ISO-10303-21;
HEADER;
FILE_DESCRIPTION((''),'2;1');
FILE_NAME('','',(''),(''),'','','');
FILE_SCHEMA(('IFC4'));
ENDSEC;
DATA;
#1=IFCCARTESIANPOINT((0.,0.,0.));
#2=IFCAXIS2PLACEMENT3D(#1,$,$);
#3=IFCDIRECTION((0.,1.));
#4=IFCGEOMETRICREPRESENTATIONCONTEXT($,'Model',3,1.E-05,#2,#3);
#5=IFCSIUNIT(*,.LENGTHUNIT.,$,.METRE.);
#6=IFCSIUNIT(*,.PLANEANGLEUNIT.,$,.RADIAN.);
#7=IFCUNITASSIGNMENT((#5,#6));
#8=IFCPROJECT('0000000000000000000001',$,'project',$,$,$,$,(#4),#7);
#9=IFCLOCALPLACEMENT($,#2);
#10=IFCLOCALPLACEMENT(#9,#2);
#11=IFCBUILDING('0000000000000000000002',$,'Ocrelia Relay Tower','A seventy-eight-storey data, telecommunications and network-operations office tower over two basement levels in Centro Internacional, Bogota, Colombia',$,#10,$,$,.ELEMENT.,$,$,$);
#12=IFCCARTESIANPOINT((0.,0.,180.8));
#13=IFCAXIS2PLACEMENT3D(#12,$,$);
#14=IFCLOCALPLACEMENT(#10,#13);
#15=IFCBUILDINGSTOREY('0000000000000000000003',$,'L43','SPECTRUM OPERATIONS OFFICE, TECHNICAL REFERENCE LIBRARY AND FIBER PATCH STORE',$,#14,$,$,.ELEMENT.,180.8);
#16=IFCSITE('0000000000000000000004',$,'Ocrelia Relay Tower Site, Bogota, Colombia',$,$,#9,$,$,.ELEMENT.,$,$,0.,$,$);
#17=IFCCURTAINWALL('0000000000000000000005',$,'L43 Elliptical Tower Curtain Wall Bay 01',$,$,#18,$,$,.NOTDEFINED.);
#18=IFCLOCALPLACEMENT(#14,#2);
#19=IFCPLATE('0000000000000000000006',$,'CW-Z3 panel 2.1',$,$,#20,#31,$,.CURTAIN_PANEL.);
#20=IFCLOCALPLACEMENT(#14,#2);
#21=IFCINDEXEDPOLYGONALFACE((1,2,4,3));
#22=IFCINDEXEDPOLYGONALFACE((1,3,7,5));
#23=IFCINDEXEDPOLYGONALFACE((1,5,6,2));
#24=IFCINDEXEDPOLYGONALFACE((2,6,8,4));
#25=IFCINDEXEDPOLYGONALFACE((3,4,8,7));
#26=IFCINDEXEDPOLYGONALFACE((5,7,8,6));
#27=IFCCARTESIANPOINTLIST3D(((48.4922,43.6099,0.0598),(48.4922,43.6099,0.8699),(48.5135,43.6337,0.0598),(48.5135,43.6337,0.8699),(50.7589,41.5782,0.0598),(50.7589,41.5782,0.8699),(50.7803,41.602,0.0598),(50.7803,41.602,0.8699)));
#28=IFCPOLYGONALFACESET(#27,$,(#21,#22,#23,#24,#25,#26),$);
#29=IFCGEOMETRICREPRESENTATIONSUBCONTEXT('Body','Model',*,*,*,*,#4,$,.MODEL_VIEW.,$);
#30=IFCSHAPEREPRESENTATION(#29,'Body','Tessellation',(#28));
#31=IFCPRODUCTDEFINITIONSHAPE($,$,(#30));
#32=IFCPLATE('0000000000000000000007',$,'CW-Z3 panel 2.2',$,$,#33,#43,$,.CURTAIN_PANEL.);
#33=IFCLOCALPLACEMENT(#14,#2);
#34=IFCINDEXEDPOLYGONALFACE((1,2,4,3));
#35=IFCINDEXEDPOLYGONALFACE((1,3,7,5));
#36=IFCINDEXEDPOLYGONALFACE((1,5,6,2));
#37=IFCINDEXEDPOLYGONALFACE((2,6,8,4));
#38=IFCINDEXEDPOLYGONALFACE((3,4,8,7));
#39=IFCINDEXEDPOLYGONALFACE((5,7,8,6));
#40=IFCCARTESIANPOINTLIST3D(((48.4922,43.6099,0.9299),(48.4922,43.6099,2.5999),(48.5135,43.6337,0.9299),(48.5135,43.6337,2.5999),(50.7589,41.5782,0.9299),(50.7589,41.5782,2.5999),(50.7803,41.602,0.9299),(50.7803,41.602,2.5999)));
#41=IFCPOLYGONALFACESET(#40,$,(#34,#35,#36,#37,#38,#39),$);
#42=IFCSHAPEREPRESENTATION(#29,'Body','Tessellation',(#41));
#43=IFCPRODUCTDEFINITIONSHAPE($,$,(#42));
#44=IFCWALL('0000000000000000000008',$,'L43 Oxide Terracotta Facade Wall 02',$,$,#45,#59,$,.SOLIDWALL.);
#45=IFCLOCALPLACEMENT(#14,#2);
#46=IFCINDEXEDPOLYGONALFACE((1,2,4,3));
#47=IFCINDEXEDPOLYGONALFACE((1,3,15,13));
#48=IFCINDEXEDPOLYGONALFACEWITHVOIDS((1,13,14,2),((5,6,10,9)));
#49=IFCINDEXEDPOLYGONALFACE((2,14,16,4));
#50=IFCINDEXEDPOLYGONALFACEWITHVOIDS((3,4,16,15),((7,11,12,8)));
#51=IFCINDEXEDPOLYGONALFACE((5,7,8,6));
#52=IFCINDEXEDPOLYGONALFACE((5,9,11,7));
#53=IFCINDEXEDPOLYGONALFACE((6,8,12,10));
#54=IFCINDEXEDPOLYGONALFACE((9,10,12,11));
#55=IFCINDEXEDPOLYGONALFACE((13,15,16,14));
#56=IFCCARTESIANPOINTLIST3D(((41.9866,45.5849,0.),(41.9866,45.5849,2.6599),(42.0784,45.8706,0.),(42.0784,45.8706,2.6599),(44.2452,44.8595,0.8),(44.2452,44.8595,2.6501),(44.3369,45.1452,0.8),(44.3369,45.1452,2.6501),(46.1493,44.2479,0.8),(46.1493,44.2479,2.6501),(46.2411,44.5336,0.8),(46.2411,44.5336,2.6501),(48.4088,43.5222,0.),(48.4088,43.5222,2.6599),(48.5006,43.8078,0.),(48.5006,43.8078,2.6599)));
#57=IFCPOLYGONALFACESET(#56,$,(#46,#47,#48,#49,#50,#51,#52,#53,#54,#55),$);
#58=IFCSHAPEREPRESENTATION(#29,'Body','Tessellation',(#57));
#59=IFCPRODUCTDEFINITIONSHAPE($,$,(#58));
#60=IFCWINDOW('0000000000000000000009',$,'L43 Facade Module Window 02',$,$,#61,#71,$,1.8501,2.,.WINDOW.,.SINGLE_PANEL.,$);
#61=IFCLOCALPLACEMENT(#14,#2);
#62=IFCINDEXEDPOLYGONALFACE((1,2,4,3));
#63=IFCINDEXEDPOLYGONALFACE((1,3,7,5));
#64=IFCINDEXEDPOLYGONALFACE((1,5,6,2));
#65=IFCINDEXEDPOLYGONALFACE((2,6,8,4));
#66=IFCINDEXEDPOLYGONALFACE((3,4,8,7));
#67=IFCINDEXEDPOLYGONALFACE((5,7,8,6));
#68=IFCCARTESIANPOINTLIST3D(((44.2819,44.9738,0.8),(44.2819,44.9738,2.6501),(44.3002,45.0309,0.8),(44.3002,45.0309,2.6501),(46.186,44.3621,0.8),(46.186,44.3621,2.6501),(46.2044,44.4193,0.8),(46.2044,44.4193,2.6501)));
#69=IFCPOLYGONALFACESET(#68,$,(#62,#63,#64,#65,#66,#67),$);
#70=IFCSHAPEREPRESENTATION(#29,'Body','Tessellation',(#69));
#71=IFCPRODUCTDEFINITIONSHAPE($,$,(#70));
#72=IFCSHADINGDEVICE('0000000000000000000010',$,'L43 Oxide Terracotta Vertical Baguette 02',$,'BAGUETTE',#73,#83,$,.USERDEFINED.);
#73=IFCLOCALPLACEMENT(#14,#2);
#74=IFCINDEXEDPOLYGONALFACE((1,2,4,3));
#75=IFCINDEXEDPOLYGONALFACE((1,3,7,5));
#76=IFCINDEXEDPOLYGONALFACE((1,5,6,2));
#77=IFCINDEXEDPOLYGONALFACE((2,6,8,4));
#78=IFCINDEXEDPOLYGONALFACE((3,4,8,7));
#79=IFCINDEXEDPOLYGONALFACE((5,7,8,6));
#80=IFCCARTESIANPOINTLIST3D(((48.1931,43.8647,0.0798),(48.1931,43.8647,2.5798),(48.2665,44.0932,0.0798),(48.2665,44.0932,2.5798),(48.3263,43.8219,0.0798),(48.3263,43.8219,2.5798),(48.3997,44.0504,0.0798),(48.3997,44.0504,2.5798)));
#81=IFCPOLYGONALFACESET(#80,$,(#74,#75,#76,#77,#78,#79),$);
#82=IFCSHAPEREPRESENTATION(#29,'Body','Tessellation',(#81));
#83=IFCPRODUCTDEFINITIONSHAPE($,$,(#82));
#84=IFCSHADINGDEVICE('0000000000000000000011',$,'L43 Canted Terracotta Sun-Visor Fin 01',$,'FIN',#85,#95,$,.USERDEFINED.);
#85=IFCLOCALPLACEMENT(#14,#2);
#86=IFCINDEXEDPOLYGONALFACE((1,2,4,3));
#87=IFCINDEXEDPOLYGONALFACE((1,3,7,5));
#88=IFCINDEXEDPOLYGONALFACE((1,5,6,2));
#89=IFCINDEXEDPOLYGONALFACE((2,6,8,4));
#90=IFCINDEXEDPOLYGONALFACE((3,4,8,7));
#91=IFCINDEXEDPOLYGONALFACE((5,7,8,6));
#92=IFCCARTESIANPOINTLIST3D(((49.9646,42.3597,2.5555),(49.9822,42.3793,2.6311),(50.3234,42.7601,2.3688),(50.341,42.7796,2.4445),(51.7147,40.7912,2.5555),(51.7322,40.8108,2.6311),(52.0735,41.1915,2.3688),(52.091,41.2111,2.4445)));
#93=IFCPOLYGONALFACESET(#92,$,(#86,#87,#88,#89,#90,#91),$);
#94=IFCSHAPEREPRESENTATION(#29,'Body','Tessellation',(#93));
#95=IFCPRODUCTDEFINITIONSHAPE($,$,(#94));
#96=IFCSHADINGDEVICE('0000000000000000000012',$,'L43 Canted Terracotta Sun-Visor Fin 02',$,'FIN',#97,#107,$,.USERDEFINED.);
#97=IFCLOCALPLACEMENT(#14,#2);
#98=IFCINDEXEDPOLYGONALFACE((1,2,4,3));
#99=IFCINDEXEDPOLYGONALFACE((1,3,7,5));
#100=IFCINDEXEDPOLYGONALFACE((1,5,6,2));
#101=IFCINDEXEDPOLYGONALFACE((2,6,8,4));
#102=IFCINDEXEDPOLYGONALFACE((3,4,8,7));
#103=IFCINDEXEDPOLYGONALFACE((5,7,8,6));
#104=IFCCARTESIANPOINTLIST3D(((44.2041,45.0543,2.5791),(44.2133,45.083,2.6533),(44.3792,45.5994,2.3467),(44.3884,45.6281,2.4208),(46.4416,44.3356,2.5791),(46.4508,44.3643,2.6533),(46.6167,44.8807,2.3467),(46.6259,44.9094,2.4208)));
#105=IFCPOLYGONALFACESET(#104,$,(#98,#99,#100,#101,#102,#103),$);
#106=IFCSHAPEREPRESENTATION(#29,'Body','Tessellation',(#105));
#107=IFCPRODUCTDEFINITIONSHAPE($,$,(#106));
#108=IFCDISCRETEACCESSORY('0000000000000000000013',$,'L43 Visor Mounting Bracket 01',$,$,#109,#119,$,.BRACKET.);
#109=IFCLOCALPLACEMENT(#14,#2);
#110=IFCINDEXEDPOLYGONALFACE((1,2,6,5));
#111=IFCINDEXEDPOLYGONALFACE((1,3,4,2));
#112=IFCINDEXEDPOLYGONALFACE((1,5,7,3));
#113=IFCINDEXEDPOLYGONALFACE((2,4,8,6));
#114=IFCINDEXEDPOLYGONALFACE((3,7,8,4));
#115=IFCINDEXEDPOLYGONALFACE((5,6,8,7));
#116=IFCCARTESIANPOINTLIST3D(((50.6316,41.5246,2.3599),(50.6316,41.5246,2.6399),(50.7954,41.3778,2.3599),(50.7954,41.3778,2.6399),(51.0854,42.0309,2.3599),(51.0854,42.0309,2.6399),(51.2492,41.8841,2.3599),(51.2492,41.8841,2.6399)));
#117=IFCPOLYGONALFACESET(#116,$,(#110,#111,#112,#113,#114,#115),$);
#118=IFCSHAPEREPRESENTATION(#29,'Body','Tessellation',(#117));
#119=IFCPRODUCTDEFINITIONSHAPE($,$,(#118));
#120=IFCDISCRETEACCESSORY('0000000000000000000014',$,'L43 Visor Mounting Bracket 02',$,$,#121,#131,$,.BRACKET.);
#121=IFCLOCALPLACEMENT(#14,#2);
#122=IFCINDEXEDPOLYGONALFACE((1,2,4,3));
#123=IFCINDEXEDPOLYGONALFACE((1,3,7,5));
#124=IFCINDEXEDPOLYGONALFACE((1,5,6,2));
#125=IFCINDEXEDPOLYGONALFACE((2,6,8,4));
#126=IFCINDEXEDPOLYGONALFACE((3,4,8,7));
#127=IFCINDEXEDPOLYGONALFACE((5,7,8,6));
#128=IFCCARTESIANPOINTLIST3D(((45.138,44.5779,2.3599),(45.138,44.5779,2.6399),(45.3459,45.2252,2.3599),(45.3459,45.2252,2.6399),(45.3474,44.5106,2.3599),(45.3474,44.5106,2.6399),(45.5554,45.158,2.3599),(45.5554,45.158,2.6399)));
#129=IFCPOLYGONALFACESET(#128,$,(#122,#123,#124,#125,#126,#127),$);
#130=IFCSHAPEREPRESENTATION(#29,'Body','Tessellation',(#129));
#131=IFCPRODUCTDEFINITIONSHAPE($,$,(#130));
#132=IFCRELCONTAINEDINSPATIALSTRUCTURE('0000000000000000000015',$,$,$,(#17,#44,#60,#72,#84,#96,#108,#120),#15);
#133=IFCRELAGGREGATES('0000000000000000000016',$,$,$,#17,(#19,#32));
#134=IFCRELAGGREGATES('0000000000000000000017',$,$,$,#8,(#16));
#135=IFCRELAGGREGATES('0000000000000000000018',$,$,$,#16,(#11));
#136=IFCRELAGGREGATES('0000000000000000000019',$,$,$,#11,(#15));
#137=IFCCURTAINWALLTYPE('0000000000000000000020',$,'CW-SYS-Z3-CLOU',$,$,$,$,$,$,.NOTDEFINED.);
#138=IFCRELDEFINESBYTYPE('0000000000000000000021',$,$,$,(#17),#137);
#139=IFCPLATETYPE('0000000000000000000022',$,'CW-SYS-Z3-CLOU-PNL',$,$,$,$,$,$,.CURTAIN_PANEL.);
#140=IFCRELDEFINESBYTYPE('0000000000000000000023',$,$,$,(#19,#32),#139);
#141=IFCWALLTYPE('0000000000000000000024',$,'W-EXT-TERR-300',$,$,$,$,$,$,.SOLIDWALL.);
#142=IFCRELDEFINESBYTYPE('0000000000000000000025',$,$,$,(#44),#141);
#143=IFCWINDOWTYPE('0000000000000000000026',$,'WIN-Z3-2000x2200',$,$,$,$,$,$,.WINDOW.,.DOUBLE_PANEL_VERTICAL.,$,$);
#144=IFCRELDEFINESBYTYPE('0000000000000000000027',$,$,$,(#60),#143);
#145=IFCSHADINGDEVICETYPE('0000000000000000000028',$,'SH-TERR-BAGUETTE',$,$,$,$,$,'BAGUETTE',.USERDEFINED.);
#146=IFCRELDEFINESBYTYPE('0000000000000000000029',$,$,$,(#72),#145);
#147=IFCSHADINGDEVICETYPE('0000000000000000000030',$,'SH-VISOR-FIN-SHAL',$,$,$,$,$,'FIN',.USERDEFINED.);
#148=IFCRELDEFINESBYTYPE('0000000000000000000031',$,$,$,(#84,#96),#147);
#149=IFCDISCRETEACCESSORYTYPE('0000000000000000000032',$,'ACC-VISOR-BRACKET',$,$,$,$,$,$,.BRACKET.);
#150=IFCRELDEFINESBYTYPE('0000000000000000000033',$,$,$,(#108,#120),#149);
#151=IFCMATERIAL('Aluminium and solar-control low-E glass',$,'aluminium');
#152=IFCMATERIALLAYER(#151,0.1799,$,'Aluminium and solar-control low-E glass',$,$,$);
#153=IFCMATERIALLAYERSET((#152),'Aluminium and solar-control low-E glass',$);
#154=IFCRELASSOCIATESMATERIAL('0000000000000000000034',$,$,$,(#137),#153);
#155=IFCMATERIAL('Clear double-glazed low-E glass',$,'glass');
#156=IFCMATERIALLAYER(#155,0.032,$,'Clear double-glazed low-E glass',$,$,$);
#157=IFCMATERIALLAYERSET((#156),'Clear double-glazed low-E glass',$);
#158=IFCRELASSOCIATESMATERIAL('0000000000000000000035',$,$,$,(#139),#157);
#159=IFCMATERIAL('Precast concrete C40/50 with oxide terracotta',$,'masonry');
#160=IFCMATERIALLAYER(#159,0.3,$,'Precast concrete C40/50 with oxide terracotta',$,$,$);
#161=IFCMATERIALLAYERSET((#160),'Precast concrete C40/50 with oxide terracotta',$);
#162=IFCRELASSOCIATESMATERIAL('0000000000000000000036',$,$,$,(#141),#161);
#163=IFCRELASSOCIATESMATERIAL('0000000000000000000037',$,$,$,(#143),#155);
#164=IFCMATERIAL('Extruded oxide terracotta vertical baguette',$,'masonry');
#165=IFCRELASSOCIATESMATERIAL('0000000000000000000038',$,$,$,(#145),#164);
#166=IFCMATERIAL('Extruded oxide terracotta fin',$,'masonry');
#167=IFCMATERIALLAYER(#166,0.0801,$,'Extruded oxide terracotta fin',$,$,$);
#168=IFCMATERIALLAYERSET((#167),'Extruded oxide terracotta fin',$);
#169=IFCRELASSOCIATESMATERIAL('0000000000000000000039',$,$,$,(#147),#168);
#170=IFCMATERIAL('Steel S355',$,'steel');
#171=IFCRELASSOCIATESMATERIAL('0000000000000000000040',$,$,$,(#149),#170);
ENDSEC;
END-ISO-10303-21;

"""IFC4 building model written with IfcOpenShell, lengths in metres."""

from ifc_helpers import new_model, si_unit, direction, frame, frame_2d, origin, origin_2d, place, context, subcontext, project, spatial, rectangle, extrude, material, layer, layer_set, type_object, element, fill, aggregate, save


model = new_model("IFC4")

# Units and contexts
model_context = context("Model", 3, precision=1e-05, world=origin(), true_north=direction((0.0, 1.0)))
body_context = subcontext(model_context, "Body", "Model", "MODEL_VIEW")
ifc_project = project(units=[si_unit("LENGTHUNIT", "METRE"), si_unit("PLANEANGLEUNIT", "RADIAN")], contexts=[model_context])

# Site, building, storey
site_placement = place(None, origin())
site = spatial("IfcSite", under=ifc_project, at=site_placement, Name="Ocrelia Relay Tower Site, Bogota, Colombia", CompositionType="ELEMENT", RefElevation=0.0)
building_placement = place(site_placement, origin())
building = spatial("IfcBuilding", under=site, at=building_placement, Name="Ocrelia Relay Tower", Description="A seventy-eight-storey data, telecommunications and network-operations office tower over two basement levels in Centro Internacional, Bogota, Colombia", CompositionType="ELEMENT")
storey_placement = place(building_placement, frame((0.0, 0.0, 180.8)))
storey = spatial("IfcBuildingStorey", under=building, at=storey_placement, Name="L43", Description="SPECTRUM OPERATIONS OFFICE, TECHNICAL REFERENCE LIBRARY AND FIBER PATCH STORE", CompositionType="ELEMENT", Elevation=180.8)

# Curtain wall, plates
ifc_material_1 = material(Name="Aluminium and solar-control low-E glass", Category="aluminium")
ifc_layer_1 = layer(ifc_material_1, 0.1799, Name="Aluminium and solar-control low-E glass")
ifc_layer_set_1 = layer_set([ifc_layer_1], Name="Aluminium and solar-control low-E glass")
curtain_wall_type = type_object("IfcCurtainWallType", Name="CW-SYS-Z3-CLOU", PredefinedType="NOTDEFINED", material=ifc_layer_set_1)
curtain_wall_placement = place(storey_placement, origin())
curtain_wall = element("IfcCurtainWall", 1, at=curtain_wall_placement, inside=storey, type_object=curtain_wall_type, Name="L43 Elliptical Tower Curtain Wall Bay 01", PredefinedType="NOTDEFINED")
ifc_material_2 = material(Name="Clear double-glazed low-E glass", Category="glass")
ifc_layer_2 = layer(ifc_material_2, 0.032, Name="Clear double-glazed low-E glass")
ifc_layer_set_2 = layer_set([ifc_layer_2], Name="Clear double-glazed low-E glass")
plate_type = type_object("IfcPlateType", Name="CW-SYS-Z3-CLOU-PNL", PredefinedType="CURTAIN_PANEL", material=ifc_layer_set_2)
plate_1_placement = place(storey_placement, frame((49.6362, 42.606, 0.0598), z_axis=(0.0, 0.0, 1.0), x_axis=(-0.744666, 0.667438, 0.0)))
plate_1 = element("IfcPlate", 2, at=plate_1_placement, type_object=plate_type, Name="CW-Z3 panel 2.1", PredefinedType="CURTAIN_PANEL", context=body_context, shape_type="SweptSolid", body=[
    extrude(rectangle(XDim=3.0439, YDim=0.032, at=origin_2d()), origin(), (0.0, 0.0, 1.0), 0.8101),
])
plate_2_placement = place(storey_placement, frame((49.6362, 42.606, 0.9299), z_axis=(0.0, 0.0, 1.0), x_axis=(-0.744666, 0.667438, 0.0)))
plate_2 = element("IfcPlate", 3, at=plate_2_placement, type_object=plate_type, Name="CW-Z3 panel 2.2", PredefinedType="CURTAIN_PANEL", context=body_context, shape_type="SweptSolid", body=[
    extrude(rectangle(XDim=3.0439, YDim=0.032, at=origin_2d()), origin(), (0.0, 0.0, 1.0), 1.6699),
])
aggregate(curtain_wall, [plate_1, plate_2])

# Wall, opening, window
ifc_material_3 = material(Name="Precast concrete C40/50 with oxide terracotta", Category="masonry")
ifc_layer_3 = layer(ifc_material_3, 0.3, Name="Precast concrete C40/50 with oxide terracotta")
ifc_layer_set_3 = layer_set([ifc_layer_3], Name="Precast concrete C40/50 with oxide terracotta")
wall_type = type_object("IfcWallType", Name="W-EXT-TERR-300", PredefinedType="SOLIDWALL", material=ifc_layer_set_3)
wall_placement = place(storey_placement, frame((48.4546, 43.665, 0.0), z_axis=(0.0, 0.0, 1.0), x_axis=(-0.952094, 0.305806, 0.0)))
wall = element("IfcWall", 4, at=wall_placement, inside=storey, type_object=wall_type, Name="L43 Oxide Terracotta Facade Wall 02", PredefinedType="SOLIDWALL", context=body_context, shape_type="SweptSolid", body=[
    extrude(rectangle(XDim=6.7454, YDim=0.3, at=frame_2d((3.3726, 0.0))), origin(), (0.0, 0.0, 1.0), 2.6599),
])
opening_placement = place(wall_placement, frame((2.373, 0.0, 0.8)))
opening = element("IfcOpeningElement", 5, at=opening_placement, cuts=wall, PredefinedType="OPENING", context=body_context, shape_type="SweptSolid", body=[
    extrude(rectangle(XDim=2.0, YDim=1.8501, at=frame_2d((1.0, 0.925))), frame((0.0, 0.1602, 0.0), z_axis=(0.0, -1.0, 0.0), x_axis=(1.0, 0.0, 0.0)), (0.0, 0.0, 1.0), 0.3201),
])
window_type = type_object("IfcWindowType", Name="WIN-Z3-2000x2200", PartitioningType="DOUBLE_PANEL_VERTICAL", PredefinedType="WINDOW", material=ifc_material_2)
window_placement = place(opening_placement, origin())
window = element("IfcWindow", 6, at=window_placement, inside=storey, type_object=window_type, Name="L43 Facade Module Window 02", OverallHeight=1.8501, OverallWidth=2.0, PartitioningType="SINGLE_PANEL", PredefinedType="WINDOW", context=body_context, shape_type="SweptSolid", body=[
    extrude(rectangle(XDim=2.0, YDim=1.8501, at=frame_2d((1.0, 0.925))), frame((0.0, 0.03, 0.0), z_axis=(0.0, -1.0, 0.0), x_axis=(1.0, 0.0, 0.0)), (0.0, 0.0, 1.0), 0.0601),
])
fill(opening, window)

# Shading devices
ifc_material_4 = material(Name="Extruded oxide terracotta vertical baguette", Category="masonry")
shading_device_type_1 = type_object("IfcShadingDeviceType", Name="SH-TERR-BAGUETTE", ElementType="BAGUETTE", PredefinedType="USERDEFINED", material=ifc_material_4)
shading_device_1_placement = place(storey_placement, frame((48.2964, 43.9575, 0.0798), z_axis=(0.0, 0.0, 1.0), x_axis=(-0.952094, 0.305806, 0.0)))
element("IfcShadingDevice", 7, at=shading_device_1_placement, inside=storey, type_object=shading_device_type_1, Name="L43 Oxide Terracotta Vertical Baguette 02", ObjectType="BAGUETTE", PredefinedType="USERDEFINED", context=body_context, shape_type="SweptSolid", body=[
    extrude(rectangle(XDim=0.1399, YDim=0.24, at=origin_2d()), origin(), (0.0, 0.0, 1.0), 2.5),
])
ifc_material_5 = material(Name="Extruded oxide terracotta fin", Category="masonry")
ifc_layer_4 = layer(ifc_material_5, 0.0801, Name="Extruded oxide terracotta fin")
ifc_layer_set_4 = layer_set([ifc_layer_4], Name="Extruded oxide terracotta fin")
shading_device_type_2 = type_object("IfcShadingDeviceType", Name="SH-VISOR-FIN-SHAL", ElementType="FIN", PredefinedType="USERDEFINED", material=ifc_layer_set_4)
shading_device_2_placement = place(storey_placement, frame((51.019, 41.7756, 2.4622), z_axis=(0.218948, 0.244282, 0.944663), x_axis=(-0.744666, 0.667438, 0.0)))
element("IfcShadingDevice", 8, at=shading_device_2_placement, inside=storey, type_object=shading_device_type_2, Name="L43 Canted Terracotta Sun-Visor Fin 01", ObjectType="FIN", PredefinedType="USERDEFINED", context=body_context, shape_type="SweptSolid", body=[
    extrude(rectangle(XDim=2.3501, YDim=0.5691, at=origin_2d()), origin(), (0.0, 0.0, 1.0), 0.0801),
])
shading_device_3_placement = place(storey_placement, frame((45.4104, 44.9675, 2.4629), z_axis=(0.115052, 0.358201, 0.926529), x_axis=(-0.952094, 0.305806, 0.0)))
element("IfcShadingDevice", 9, at=shading_device_3_placement, inside=storey, type_object=shading_device_type_2, Name="L43 Canted Terracotta Sun-Visor Fin 02", ObjectType="FIN", PredefinedType="USERDEFINED", context=body_context, shape_type="SweptSolid", body=[
    extrude(rectangle(XDim=2.3501, YDim=0.6179, at=origin_2d()), origin(), (0.0, 0.0, 1.0), 0.0801),
])

# Discrete accessories
ifc_material_6 = material(Name="Steel S355", Category="steel")
discrete_accessory_type = type_object("IfcDiscreteAccessoryType", Name="ACC-VISOR-BRACKET", PredefinedType="BRACKET", material=ifc_material_6)
for number, where, z_axis, x_axis, name in (
    (10, (50.9404, 41.7043, 2.3599), (0.0, 0.0, 1.0), (-0.744666, 0.667438, 0.0), "L43 Visor Mounting Bracket 01"),
    (11, (45.3467, 44.8679, 2.3599), (0.0, 0.0, 1.0), (-0.952094, 0.305806, 0.0), "L43 Visor Mounting Bracket 02"),
):
    element("IfcDiscreteAccessory", number, at=place(storey_placement, frame(where, z_axis=z_axis, x_axis=x_axis)), inside=storey, type_object=discrete_accessory_type, Name=name, PredefinedType="BRACKET", context=body_context, shape_type="SweptSolid", body=[
        extrude(rectangle(XDim=0.22, YDim=0.6799, at=origin_2d()), origin(), (0.0, 0.0, 1.0), 0.28),
    ])

save(model, "model.ifc")
